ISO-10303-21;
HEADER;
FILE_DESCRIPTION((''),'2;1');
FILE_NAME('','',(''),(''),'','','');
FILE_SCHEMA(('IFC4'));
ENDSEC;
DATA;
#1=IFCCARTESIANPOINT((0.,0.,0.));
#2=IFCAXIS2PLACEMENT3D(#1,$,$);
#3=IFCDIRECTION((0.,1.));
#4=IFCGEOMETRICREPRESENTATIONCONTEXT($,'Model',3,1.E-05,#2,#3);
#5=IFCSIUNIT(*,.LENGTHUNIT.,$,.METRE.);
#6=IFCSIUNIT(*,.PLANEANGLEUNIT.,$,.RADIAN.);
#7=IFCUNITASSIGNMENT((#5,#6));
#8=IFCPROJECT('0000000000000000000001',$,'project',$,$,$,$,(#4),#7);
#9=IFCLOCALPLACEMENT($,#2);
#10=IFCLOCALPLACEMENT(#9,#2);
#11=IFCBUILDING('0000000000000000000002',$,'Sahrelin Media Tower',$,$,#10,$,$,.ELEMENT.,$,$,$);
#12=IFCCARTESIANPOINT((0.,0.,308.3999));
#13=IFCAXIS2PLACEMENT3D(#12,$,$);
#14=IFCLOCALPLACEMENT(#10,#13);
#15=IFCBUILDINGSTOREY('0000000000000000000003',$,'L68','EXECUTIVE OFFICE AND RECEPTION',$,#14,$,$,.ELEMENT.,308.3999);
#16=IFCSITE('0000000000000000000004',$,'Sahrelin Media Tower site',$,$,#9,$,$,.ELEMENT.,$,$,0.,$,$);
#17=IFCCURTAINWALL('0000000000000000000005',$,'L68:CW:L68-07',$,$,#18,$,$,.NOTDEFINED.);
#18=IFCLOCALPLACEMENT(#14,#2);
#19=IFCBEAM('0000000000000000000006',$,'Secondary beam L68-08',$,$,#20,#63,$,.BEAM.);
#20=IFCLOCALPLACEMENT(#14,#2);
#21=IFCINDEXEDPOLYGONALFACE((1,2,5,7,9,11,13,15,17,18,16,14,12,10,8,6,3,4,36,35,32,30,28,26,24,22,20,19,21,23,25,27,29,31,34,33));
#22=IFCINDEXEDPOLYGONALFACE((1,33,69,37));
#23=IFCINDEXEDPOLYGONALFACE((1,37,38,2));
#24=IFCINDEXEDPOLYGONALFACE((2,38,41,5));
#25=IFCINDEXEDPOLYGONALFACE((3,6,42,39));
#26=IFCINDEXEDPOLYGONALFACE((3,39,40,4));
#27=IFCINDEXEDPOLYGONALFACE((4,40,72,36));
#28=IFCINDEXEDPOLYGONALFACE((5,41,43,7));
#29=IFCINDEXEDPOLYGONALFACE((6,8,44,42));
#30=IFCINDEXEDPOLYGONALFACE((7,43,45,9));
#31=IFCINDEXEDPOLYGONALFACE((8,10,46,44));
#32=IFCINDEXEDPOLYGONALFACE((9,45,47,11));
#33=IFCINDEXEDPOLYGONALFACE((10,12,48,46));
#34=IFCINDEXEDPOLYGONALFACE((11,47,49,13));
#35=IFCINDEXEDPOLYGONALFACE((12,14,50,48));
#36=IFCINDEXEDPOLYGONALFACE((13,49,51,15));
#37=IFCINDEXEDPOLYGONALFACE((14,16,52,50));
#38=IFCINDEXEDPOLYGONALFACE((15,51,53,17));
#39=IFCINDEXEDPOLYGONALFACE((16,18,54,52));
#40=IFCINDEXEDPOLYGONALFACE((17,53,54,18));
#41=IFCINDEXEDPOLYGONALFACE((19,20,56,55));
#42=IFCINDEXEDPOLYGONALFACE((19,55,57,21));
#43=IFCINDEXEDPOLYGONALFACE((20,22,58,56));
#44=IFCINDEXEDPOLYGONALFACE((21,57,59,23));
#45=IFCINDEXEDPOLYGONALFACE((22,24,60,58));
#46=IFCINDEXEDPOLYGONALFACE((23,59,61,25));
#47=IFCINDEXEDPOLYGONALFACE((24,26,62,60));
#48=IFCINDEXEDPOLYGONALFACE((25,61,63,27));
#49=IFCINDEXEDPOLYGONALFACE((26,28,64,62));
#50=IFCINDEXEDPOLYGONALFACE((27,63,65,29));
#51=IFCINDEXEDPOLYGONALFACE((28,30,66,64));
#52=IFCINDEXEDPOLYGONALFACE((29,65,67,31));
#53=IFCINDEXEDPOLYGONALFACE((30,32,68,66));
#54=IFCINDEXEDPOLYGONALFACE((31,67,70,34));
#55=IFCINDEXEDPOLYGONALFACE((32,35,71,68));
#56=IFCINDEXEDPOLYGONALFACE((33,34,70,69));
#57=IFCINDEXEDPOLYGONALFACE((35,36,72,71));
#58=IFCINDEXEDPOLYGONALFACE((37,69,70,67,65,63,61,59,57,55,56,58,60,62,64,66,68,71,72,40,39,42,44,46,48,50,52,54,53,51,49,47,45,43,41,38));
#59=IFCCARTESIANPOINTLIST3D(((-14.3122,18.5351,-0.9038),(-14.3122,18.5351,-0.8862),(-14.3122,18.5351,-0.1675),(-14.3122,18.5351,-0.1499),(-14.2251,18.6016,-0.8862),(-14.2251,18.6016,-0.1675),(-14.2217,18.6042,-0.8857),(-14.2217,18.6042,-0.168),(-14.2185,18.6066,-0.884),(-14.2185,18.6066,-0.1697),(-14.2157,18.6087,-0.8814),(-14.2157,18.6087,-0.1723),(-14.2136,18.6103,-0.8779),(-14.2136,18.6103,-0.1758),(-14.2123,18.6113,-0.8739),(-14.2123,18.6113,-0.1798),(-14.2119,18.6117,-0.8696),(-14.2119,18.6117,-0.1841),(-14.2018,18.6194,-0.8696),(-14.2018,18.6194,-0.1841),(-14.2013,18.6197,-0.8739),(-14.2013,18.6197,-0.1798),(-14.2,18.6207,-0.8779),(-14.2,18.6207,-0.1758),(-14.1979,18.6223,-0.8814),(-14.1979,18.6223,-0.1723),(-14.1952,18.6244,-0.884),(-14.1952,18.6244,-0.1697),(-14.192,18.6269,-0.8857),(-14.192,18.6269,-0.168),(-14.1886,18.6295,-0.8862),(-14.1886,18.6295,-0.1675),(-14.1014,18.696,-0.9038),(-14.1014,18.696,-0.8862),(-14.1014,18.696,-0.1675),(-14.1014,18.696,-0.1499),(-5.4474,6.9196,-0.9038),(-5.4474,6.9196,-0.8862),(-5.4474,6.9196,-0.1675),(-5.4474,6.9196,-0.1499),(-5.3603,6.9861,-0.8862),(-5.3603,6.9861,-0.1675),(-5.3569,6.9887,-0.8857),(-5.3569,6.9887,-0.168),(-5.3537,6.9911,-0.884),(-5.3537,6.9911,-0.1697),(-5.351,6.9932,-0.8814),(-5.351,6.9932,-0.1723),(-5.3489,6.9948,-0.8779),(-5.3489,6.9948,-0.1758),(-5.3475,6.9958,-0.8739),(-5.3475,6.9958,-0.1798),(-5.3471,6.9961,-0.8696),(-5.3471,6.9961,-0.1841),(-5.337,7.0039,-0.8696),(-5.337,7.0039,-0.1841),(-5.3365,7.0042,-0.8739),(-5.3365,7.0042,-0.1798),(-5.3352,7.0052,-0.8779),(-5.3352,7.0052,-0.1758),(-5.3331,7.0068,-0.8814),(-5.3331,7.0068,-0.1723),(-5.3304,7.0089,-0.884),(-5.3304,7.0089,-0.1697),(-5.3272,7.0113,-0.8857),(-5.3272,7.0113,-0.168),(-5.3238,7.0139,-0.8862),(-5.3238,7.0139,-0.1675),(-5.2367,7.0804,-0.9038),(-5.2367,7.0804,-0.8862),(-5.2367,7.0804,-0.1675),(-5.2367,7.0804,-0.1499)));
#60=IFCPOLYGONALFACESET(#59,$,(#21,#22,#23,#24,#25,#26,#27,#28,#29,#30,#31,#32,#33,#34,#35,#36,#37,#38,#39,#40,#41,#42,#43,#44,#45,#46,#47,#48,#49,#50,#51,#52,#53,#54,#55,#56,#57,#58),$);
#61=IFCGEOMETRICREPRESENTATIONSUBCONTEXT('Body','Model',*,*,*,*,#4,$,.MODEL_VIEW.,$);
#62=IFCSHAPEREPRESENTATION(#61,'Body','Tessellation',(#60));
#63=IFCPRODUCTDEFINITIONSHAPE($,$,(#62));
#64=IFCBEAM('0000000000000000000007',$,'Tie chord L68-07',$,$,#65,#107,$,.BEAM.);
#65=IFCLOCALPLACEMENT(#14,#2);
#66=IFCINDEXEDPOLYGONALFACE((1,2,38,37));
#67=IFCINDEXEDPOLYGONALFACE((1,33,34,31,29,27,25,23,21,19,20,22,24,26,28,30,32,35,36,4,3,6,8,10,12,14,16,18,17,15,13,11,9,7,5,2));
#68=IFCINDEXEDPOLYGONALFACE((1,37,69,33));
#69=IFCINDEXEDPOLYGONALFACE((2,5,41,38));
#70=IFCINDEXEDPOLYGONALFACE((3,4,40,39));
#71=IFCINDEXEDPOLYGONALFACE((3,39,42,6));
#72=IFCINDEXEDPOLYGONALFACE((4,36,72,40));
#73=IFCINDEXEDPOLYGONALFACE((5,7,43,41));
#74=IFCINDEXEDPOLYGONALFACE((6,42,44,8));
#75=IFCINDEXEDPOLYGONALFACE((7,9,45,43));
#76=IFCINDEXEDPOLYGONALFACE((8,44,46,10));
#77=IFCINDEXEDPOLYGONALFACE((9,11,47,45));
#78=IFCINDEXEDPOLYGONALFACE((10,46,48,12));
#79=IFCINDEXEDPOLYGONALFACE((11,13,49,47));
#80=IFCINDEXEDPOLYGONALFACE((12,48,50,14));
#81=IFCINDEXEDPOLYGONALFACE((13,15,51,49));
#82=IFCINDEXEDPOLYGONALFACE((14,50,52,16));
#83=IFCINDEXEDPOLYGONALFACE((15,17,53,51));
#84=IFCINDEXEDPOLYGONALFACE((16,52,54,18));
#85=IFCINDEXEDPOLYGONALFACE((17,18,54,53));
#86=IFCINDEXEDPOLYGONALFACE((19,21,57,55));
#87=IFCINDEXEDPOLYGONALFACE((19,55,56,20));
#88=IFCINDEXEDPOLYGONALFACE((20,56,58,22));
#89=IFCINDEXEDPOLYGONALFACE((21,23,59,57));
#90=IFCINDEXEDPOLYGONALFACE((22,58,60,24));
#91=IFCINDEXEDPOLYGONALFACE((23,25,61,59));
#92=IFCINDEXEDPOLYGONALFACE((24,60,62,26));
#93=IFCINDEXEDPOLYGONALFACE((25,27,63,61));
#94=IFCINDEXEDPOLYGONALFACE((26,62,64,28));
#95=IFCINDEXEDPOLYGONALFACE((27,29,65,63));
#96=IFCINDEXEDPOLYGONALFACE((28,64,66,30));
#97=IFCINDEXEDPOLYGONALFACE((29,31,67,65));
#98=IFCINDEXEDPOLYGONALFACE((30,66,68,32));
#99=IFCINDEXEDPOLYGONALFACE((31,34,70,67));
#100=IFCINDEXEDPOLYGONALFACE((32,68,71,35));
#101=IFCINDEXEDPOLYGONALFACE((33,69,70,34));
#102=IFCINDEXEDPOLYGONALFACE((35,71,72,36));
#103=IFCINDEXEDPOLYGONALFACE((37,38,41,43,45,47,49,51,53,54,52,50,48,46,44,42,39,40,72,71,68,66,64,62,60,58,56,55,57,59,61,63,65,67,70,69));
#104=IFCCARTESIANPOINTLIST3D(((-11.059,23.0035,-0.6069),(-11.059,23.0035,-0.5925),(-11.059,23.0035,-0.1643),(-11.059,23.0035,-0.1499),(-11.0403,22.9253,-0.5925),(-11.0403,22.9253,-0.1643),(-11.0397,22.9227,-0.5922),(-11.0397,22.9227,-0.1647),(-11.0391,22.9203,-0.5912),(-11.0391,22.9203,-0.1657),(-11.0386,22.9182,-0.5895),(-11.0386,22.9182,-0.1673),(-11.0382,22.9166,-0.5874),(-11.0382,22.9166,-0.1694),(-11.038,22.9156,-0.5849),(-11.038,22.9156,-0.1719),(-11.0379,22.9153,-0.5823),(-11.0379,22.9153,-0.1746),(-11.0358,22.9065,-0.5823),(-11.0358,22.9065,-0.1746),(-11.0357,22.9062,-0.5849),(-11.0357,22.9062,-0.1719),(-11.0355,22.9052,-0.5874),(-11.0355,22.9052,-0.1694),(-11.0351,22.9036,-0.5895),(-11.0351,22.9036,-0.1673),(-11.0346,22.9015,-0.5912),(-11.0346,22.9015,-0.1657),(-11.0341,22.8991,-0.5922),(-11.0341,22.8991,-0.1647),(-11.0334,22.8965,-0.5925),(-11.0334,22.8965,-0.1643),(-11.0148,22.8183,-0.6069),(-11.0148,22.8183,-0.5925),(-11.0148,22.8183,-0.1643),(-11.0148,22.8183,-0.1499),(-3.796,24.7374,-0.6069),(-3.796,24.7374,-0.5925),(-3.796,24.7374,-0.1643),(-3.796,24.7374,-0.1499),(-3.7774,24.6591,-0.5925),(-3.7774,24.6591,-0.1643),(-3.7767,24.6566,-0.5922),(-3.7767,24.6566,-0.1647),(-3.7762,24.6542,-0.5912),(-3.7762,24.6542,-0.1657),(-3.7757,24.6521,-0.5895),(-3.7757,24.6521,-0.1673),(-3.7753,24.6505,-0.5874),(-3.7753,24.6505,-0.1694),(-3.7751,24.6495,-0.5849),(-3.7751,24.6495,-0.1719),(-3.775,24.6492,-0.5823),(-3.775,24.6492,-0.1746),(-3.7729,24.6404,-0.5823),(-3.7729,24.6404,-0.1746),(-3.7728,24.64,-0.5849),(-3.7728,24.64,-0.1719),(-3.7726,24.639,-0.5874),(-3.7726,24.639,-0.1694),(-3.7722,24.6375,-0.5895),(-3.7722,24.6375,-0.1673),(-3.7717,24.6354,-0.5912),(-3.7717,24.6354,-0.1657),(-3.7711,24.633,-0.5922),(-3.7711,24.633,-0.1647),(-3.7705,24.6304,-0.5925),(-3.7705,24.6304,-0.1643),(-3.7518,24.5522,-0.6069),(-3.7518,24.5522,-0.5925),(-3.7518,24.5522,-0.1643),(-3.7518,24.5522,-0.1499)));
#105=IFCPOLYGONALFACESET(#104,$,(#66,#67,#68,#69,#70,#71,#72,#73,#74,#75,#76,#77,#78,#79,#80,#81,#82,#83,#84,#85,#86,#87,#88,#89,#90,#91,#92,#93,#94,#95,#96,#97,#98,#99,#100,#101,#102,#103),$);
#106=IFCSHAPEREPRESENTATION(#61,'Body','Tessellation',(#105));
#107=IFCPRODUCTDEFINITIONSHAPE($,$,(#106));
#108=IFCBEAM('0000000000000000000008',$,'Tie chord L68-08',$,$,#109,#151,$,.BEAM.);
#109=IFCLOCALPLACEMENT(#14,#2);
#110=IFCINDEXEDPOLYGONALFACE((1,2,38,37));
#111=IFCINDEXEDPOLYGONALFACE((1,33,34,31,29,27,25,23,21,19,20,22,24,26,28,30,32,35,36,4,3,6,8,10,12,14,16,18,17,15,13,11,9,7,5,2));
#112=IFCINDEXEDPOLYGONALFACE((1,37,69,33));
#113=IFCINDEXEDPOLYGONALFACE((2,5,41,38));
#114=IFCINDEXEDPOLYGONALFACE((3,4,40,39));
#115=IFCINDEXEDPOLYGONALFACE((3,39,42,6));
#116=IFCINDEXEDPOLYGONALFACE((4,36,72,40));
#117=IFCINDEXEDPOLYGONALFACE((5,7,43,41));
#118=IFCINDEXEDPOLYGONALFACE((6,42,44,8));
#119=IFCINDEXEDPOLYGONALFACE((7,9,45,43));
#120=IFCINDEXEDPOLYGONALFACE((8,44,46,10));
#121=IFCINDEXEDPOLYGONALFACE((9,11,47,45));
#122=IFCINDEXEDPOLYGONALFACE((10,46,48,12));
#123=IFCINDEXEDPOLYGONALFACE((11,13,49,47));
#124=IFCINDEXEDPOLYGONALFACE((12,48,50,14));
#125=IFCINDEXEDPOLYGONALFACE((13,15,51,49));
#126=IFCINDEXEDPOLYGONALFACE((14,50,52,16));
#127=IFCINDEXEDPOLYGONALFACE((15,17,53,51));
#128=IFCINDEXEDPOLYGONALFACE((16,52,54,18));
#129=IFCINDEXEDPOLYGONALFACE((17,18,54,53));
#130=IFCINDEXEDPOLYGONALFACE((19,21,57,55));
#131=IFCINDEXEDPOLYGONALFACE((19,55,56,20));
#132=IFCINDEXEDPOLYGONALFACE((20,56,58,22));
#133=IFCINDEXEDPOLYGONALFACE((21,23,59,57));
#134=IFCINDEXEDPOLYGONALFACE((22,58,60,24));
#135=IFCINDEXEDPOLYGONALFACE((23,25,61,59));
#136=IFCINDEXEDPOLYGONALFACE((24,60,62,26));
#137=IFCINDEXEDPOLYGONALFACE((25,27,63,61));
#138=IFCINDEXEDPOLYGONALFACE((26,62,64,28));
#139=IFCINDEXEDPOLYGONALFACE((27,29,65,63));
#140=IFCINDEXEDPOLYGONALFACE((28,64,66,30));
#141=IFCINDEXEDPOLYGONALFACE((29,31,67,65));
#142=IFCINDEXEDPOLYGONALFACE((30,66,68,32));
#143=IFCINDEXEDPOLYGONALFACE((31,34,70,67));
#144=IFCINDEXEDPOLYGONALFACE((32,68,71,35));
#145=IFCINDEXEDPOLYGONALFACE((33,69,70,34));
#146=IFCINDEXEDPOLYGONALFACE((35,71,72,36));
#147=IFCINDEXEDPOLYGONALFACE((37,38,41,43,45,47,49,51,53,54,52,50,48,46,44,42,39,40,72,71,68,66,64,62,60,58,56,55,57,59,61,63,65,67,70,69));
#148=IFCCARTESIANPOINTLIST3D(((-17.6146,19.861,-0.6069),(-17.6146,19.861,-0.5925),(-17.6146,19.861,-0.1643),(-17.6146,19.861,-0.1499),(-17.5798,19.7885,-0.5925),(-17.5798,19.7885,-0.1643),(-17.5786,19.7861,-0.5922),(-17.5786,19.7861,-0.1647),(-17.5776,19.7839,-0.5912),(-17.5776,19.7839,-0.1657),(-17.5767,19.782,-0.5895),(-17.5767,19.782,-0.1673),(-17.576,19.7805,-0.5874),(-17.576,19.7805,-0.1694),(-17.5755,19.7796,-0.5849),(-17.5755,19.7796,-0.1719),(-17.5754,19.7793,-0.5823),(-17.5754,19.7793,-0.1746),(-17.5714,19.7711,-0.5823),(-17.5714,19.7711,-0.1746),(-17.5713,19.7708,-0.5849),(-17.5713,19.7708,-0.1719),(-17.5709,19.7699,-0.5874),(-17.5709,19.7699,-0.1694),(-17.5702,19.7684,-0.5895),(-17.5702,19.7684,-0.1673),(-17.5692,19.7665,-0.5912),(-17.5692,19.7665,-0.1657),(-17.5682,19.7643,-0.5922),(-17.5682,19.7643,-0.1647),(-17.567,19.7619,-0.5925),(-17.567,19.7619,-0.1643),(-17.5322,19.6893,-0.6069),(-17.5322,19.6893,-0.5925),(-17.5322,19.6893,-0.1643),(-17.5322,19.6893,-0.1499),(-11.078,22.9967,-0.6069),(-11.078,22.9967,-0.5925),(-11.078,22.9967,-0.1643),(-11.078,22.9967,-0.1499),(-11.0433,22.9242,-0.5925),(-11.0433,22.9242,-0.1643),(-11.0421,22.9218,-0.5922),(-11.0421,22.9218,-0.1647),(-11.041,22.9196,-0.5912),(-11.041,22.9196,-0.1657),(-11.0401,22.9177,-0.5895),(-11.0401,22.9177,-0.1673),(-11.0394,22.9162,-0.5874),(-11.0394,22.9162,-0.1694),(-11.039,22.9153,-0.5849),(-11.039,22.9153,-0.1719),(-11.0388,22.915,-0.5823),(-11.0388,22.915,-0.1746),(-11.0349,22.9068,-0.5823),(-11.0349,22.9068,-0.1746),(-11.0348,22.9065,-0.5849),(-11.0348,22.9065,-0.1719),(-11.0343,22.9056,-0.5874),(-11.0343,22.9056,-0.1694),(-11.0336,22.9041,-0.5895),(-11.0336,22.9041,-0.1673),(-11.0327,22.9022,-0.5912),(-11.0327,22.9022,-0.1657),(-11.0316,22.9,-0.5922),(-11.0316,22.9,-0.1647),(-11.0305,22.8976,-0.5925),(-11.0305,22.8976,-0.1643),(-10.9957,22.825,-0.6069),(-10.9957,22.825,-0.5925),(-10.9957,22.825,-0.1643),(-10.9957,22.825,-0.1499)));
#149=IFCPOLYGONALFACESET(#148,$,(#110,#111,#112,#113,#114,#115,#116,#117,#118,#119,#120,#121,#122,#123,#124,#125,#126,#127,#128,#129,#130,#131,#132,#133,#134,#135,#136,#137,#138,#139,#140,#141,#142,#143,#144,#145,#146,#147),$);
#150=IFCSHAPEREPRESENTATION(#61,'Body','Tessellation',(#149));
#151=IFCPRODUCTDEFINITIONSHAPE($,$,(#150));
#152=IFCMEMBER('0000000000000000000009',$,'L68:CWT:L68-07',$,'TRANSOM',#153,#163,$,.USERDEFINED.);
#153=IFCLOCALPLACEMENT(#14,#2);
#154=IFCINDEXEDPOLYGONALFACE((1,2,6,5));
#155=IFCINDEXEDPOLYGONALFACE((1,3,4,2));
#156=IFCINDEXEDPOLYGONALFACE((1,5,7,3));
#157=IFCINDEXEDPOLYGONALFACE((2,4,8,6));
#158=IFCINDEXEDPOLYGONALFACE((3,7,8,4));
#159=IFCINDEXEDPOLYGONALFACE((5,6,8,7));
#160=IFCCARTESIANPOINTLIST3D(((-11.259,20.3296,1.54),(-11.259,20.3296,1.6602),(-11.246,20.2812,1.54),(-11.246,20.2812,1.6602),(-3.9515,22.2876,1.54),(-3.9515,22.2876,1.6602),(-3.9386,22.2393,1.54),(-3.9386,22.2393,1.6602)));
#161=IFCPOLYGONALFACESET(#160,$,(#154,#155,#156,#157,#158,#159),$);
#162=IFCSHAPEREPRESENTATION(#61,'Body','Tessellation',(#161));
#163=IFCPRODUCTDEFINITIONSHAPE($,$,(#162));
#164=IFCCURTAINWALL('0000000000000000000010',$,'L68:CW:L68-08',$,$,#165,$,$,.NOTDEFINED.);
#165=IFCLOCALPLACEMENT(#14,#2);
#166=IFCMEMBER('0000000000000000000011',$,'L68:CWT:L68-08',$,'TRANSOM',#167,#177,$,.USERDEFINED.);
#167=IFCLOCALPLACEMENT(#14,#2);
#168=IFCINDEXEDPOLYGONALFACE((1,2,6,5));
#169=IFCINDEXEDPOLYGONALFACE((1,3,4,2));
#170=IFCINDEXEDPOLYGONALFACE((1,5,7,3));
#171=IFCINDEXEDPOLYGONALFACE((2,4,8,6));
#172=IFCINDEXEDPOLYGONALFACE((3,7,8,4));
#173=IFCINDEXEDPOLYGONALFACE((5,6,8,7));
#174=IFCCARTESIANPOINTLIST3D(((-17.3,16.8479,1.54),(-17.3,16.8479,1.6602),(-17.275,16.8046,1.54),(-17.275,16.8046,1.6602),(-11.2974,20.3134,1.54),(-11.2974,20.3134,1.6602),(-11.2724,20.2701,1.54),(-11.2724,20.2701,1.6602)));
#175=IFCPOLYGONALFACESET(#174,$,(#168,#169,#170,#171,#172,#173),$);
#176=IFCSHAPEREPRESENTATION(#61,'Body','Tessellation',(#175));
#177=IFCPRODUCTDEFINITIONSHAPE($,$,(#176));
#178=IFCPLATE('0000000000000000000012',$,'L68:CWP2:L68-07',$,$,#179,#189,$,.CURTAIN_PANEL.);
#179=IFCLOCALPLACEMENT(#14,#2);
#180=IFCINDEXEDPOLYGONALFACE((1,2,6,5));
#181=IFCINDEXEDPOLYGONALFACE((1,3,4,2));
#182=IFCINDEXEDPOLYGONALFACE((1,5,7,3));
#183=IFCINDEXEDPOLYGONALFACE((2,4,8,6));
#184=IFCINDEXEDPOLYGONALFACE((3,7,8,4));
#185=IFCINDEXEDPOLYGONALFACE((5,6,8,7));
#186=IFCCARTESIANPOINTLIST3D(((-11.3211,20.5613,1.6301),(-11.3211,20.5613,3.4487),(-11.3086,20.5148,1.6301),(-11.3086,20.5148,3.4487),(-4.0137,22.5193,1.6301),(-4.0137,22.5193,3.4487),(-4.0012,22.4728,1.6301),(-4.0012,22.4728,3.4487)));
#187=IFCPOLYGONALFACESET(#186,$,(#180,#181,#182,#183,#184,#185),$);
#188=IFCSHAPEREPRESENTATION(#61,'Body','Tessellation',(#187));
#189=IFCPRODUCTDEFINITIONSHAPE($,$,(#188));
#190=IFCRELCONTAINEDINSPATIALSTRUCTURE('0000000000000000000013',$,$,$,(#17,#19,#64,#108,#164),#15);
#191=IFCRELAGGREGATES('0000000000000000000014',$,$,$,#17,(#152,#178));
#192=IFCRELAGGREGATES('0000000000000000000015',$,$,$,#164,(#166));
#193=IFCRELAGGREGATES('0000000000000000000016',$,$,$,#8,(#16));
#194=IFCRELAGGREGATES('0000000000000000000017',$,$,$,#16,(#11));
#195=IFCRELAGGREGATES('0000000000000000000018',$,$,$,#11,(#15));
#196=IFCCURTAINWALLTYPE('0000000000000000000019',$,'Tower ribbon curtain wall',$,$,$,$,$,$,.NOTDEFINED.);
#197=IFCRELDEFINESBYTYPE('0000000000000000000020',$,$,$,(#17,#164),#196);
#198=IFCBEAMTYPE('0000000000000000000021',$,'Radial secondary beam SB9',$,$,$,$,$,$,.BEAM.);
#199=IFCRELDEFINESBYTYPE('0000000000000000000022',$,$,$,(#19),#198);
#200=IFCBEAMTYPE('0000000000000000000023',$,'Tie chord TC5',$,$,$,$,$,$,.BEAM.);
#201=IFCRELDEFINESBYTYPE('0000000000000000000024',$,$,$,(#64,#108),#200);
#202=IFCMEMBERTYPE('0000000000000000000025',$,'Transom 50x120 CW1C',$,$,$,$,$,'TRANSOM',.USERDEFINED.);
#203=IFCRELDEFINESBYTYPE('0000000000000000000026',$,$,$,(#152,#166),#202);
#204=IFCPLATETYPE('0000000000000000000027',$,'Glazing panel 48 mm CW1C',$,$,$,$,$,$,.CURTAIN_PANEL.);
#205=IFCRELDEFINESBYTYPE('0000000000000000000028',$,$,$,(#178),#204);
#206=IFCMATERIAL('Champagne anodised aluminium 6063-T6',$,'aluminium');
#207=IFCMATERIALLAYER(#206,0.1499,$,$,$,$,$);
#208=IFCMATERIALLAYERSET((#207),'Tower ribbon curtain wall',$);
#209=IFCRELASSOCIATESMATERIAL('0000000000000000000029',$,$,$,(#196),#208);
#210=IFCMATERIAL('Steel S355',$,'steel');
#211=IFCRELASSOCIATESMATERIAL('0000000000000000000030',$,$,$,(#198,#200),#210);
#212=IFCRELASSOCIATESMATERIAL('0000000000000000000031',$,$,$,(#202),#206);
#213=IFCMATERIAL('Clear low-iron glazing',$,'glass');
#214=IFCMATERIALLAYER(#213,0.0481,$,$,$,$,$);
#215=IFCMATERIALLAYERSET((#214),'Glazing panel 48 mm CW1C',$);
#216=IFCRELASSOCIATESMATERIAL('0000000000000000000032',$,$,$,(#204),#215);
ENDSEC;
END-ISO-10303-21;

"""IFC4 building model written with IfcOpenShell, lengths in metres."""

from ifc_helpers import new_model, si_unit, direction, frame, origin, origin_2d, place, context, subcontext, project, spatial, polyline, rectangle, i_section, outline, extrude, material, layer, layer_set, material_profile, profile_set, type_object, element, aggregate, save


model = new_model("IFC4")

# Units and contexts
model_context = context("Model", 3, precision=1e-05, world=origin(), true_north=direction((0.0, 1.0)))
body_context = subcontext(model_context, "Body", "Model", "MODEL_VIEW")
ifc_project = project(units=[si_unit("LENGTHUNIT", "METRE"), si_unit("PLANEANGLEUNIT", "RADIAN")], contexts=[model_context])

# Site, building, storey
site_placement = place(None, origin())
site = spatial("IfcSite", under=ifc_project, at=site_placement, Name="Sahrelin Media Tower site", CompositionType="ELEMENT", RefElevation=0.0)
building_placement = place(site_placement, origin())
building = spatial("IfcBuilding", under=site, at=building_placement, Name="Sahrelin Media Tower", CompositionType="ELEMENT")
storey_placement = place(building_placement, frame((0.0, 0.0, 308.3999)))
storey = spatial("IfcBuildingStorey", under=building, at=storey_placement, Name="L68", Description="EXECUTIVE OFFICE AND RECEPTION", CompositionType="ELEMENT", Elevation=308.3999)

# Shared definitions
ifc_material_1 = material(Name="Steel S355", Category="steel")

# Curtain wall
ifc_material_2 = material(Name="Champagne anodised aluminium 6063-T6", Category="aluminium")
ifc_layer_1 = layer(ifc_material_2, 0.1499)
ifc_layer_set_1 = layer_set([ifc_layer_1], Name="Tower ribbon curtain wall")
curtain_wall_type = type_object("IfcCurtainWallType", Name="Tower ribbon curtain wall", PredefinedType="NOTDEFINED", material=ifc_layer_set_1)
curtain_wall_1_placement = place(storey_placement, frame((-7.6621, 21.521, 0.0), z_axis=(0.0, 0.0, 1.0), x_axis=(1.0, 0.0, 0.0)))
curtain_wall_1 = element("IfcCurtainWall", 1, at=curtain_wall_1_placement, inside=storey, type_object=curtain_wall_type, Name="L68:CW:L68-07", PredefinedType="NOTDEFINED")

# Beams
ifc_material_profile_1 = material_profile(ifc_material_1, i_section(OverallWidth=0.2651, OverallDepth=0.7539, WebThickness=0.0127, FlangeThickness=0.0176, FilletRadius=0.0166, at=origin_2d()), Name="UB 762x267x147")
ifc_profile_set_1 = profile_set([ifc_material_profile_1], Name="Steel S355")
beam_type_1 = type_object("IfcBeamType", Name="Radial secondary beam SB9", PredefinedType="BEAM", material=ifc_profile_set_1)
beam_1_placement = place(storey_placement, frame((-5.342, 7.0, -0.5269), z_axis=(-0.606686, 0.794941, 0.0), x_axis=(-0.794941, -0.606686, 0.0)))
element("IfcBeam", 2, at=beam_1_placement, inside=storey, type_object=beam_type_1, Name="Secondary beam L68-08", PredefinedType="BEAM", context=body_context, shape_type="SweptSolid", body=[
    extrude(i_section(OverallWidth=0.2651, OverallDepth=0.7539, WebThickness=0.0127, FlangeThickness=0.0176, FilletRadius=0.0166, at=origin_2d()), origin(), (0.0, 0.0, 1.0), 14.6118),
])
ifc_material_profile_2 = material_profile(ifc_material_1, i_section(OverallWidth=0.1904, OverallDepth=0.457, WebThickness=0.009, FlangeThickness=0.0144, FilletRadius=0.0103, at=origin_2d()), Name="UB 457x191x74")
ifc_profile_set_2 = profile_set([ifc_material_profile_2], Name="Steel S355")
beam_type_2 = type_object("IfcBeamType", Name="Tie chord TC5", PredefinedType="BEAM", material=ifc_profile_set_2)
beam_2_placement = place(storey_placement, frame((-3.7739, 24.6448, -0.3784), z_axis=(-0.972667, -0.232205, 0.0), x_axis=(0.232205, -0.972667, 0.0)))
element("IfcBeam", 3, at=beam_2_placement, inside=storey, type_object=beam_type_2, Name="Tie chord L68-07", PredefinedType="BEAM", context=body_context, shape_type="SweptSolid", body=[
    extrude(i_section(OverallWidth=0.1904, OverallDepth=0.457, WebThickness=0.009, FlangeThickness=0.0144, FilletRadius=0.0103, at=origin_2d()), origin(), (0.0, 0.0, 1.0), 7.467),
])
beam_3_placement = place(storey_placement, frame((-11.0369, 22.9109, -0.3784), z_axis=(-0.901622, -0.432525, 0.0), x_axis=(0.432525, -0.901622, 0.0)))
element("IfcBeam", 4, at=beam_3_placement, inside=storey, type_object=beam_type_2, Name="Tie chord L68-08", PredefinedType="BEAM", context=body_context, shape_type="SweptSolid", body=[
    extrude(i_section(OverallWidth=0.1904, OverallDepth=0.457, WebThickness=0.009, FlangeThickness=0.0144, FilletRadius=0.0103, at=origin_2d()), origin(), (0.0, 0.0, 1.0), 7.2498),
])

# Member
ifc_material_profile_3 = material_profile(ifc_material_2, rectangle(XDim=0.05, YDim=0.1201, at=origin_2d()), Name="Transom 50x120")
ifc_profile_set_3 = profile_set([ifc_material_profile_3], Name="Champagne anodised aluminium 6063-T6")
member_type_1 = type_object("IfcMemberType", Name="Transom 50x120 CW1C", ElementType="TRANSOM", PredefinedType="USERDEFINED", material=ifc_profile_set_3)
member_1_placement = place(storey_placement, frame((-3.9451, 22.2634, 1.6001), z_axis=(-0.965926, -0.258819, 0.0), x_axis=(0.258819, -0.965926, 0.0)))
member_1 = element("IfcMember", 5, at=member_1_placement, type_object=member_type_1, Name="L68:CWT:L68-07", ObjectType="TRANSOM", PredefinedType="USERDEFINED", context=body_context, shape_type="SweptSolid", body=[
    extrude(rectangle(XDim=0.05, YDim=0.1201, at=origin_2d()), origin(), (0.0, 0.0, 1.0), 7.5652),
])

# Curtain wall, member
curtain_wall_2_placement = place(storey_placement, frame((-14.4087, 18.7712, 0.0), z_axis=(0.0, 0.0, 1.0), x_axis=(1.0, 0.0, 0.0)))
curtain_wall_2 = element("IfcCurtainWall", 6, at=curtain_wall_2_placement, inside=storey, type_object=curtain_wall_type, Name="L68:CW:L68-08", PredefinedType="NOTDEFINED")
member_2_placement = place(storey_placement, frame((-11.2849, 20.2917, 1.6001), z_axis=(-0.86603, -0.499992, 0.0), x_axis=(0.499992, -0.86603, 0.0)))
member_2 = element("IfcMember", 7, at=member_2_placement, type_object=member_type_1, Name="L68:CWT:L68-08", ObjectType="TRANSOM", PredefinedType="USERDEFINED", context=body_context, shape_type="SweptSolid", body=[
    extrude(rectangle(XDim=0.05, YDim=0.1201, at=origin_2d()), origin(), (0.0, 0.0, 1.0), 6.9312),
])

# Plate
ifc_material_3 = material(Name="Clear low-iron glazing", Category="glass")
ifc_layer_2 = layer(ifc_material_3, 0.0481)
ifc_layer_set_2 = layer_set([ifc_layer_2], Name="Glazing panel 48 mm CW1C")
plate_type_1 = type_object("IfcPlateType", Name="Glazing panel 48 mm CW1C", PredefinedType="CURTAIN_PANEL", material=ifc_layer_set_2)
plate_1_placement = place(storey_placement, frame((-4.0137, 22.5193, 1.6301), z_axis=(-0.258819, 0.965926, 0.0), x_axis=(-0.965926, -0.258819, 0.0)))
plate_1 = element("IfcPlate", 8, at=plate_1_placement, type_object=plate_type_1, Name="L68:CWP2:L68-07", PredefinedType="CURTAIN_PANEL", context=body_context, shape_type="SweptSolid", body=[
    extrude(outline(polyline([(0.0, 0.0), (7.5652, 0.0), (7.5652, 1.8186), (0.0, 1.8186), (0.0, 0.0)])), origin(), (0.0, 0.0, -1.0), 0.0481),
])
aggregate(curtain_wall_1, [member_1, plate_1])
aggregate(curtain_wall_2, [member_2])

save(model, "model.ifc")
